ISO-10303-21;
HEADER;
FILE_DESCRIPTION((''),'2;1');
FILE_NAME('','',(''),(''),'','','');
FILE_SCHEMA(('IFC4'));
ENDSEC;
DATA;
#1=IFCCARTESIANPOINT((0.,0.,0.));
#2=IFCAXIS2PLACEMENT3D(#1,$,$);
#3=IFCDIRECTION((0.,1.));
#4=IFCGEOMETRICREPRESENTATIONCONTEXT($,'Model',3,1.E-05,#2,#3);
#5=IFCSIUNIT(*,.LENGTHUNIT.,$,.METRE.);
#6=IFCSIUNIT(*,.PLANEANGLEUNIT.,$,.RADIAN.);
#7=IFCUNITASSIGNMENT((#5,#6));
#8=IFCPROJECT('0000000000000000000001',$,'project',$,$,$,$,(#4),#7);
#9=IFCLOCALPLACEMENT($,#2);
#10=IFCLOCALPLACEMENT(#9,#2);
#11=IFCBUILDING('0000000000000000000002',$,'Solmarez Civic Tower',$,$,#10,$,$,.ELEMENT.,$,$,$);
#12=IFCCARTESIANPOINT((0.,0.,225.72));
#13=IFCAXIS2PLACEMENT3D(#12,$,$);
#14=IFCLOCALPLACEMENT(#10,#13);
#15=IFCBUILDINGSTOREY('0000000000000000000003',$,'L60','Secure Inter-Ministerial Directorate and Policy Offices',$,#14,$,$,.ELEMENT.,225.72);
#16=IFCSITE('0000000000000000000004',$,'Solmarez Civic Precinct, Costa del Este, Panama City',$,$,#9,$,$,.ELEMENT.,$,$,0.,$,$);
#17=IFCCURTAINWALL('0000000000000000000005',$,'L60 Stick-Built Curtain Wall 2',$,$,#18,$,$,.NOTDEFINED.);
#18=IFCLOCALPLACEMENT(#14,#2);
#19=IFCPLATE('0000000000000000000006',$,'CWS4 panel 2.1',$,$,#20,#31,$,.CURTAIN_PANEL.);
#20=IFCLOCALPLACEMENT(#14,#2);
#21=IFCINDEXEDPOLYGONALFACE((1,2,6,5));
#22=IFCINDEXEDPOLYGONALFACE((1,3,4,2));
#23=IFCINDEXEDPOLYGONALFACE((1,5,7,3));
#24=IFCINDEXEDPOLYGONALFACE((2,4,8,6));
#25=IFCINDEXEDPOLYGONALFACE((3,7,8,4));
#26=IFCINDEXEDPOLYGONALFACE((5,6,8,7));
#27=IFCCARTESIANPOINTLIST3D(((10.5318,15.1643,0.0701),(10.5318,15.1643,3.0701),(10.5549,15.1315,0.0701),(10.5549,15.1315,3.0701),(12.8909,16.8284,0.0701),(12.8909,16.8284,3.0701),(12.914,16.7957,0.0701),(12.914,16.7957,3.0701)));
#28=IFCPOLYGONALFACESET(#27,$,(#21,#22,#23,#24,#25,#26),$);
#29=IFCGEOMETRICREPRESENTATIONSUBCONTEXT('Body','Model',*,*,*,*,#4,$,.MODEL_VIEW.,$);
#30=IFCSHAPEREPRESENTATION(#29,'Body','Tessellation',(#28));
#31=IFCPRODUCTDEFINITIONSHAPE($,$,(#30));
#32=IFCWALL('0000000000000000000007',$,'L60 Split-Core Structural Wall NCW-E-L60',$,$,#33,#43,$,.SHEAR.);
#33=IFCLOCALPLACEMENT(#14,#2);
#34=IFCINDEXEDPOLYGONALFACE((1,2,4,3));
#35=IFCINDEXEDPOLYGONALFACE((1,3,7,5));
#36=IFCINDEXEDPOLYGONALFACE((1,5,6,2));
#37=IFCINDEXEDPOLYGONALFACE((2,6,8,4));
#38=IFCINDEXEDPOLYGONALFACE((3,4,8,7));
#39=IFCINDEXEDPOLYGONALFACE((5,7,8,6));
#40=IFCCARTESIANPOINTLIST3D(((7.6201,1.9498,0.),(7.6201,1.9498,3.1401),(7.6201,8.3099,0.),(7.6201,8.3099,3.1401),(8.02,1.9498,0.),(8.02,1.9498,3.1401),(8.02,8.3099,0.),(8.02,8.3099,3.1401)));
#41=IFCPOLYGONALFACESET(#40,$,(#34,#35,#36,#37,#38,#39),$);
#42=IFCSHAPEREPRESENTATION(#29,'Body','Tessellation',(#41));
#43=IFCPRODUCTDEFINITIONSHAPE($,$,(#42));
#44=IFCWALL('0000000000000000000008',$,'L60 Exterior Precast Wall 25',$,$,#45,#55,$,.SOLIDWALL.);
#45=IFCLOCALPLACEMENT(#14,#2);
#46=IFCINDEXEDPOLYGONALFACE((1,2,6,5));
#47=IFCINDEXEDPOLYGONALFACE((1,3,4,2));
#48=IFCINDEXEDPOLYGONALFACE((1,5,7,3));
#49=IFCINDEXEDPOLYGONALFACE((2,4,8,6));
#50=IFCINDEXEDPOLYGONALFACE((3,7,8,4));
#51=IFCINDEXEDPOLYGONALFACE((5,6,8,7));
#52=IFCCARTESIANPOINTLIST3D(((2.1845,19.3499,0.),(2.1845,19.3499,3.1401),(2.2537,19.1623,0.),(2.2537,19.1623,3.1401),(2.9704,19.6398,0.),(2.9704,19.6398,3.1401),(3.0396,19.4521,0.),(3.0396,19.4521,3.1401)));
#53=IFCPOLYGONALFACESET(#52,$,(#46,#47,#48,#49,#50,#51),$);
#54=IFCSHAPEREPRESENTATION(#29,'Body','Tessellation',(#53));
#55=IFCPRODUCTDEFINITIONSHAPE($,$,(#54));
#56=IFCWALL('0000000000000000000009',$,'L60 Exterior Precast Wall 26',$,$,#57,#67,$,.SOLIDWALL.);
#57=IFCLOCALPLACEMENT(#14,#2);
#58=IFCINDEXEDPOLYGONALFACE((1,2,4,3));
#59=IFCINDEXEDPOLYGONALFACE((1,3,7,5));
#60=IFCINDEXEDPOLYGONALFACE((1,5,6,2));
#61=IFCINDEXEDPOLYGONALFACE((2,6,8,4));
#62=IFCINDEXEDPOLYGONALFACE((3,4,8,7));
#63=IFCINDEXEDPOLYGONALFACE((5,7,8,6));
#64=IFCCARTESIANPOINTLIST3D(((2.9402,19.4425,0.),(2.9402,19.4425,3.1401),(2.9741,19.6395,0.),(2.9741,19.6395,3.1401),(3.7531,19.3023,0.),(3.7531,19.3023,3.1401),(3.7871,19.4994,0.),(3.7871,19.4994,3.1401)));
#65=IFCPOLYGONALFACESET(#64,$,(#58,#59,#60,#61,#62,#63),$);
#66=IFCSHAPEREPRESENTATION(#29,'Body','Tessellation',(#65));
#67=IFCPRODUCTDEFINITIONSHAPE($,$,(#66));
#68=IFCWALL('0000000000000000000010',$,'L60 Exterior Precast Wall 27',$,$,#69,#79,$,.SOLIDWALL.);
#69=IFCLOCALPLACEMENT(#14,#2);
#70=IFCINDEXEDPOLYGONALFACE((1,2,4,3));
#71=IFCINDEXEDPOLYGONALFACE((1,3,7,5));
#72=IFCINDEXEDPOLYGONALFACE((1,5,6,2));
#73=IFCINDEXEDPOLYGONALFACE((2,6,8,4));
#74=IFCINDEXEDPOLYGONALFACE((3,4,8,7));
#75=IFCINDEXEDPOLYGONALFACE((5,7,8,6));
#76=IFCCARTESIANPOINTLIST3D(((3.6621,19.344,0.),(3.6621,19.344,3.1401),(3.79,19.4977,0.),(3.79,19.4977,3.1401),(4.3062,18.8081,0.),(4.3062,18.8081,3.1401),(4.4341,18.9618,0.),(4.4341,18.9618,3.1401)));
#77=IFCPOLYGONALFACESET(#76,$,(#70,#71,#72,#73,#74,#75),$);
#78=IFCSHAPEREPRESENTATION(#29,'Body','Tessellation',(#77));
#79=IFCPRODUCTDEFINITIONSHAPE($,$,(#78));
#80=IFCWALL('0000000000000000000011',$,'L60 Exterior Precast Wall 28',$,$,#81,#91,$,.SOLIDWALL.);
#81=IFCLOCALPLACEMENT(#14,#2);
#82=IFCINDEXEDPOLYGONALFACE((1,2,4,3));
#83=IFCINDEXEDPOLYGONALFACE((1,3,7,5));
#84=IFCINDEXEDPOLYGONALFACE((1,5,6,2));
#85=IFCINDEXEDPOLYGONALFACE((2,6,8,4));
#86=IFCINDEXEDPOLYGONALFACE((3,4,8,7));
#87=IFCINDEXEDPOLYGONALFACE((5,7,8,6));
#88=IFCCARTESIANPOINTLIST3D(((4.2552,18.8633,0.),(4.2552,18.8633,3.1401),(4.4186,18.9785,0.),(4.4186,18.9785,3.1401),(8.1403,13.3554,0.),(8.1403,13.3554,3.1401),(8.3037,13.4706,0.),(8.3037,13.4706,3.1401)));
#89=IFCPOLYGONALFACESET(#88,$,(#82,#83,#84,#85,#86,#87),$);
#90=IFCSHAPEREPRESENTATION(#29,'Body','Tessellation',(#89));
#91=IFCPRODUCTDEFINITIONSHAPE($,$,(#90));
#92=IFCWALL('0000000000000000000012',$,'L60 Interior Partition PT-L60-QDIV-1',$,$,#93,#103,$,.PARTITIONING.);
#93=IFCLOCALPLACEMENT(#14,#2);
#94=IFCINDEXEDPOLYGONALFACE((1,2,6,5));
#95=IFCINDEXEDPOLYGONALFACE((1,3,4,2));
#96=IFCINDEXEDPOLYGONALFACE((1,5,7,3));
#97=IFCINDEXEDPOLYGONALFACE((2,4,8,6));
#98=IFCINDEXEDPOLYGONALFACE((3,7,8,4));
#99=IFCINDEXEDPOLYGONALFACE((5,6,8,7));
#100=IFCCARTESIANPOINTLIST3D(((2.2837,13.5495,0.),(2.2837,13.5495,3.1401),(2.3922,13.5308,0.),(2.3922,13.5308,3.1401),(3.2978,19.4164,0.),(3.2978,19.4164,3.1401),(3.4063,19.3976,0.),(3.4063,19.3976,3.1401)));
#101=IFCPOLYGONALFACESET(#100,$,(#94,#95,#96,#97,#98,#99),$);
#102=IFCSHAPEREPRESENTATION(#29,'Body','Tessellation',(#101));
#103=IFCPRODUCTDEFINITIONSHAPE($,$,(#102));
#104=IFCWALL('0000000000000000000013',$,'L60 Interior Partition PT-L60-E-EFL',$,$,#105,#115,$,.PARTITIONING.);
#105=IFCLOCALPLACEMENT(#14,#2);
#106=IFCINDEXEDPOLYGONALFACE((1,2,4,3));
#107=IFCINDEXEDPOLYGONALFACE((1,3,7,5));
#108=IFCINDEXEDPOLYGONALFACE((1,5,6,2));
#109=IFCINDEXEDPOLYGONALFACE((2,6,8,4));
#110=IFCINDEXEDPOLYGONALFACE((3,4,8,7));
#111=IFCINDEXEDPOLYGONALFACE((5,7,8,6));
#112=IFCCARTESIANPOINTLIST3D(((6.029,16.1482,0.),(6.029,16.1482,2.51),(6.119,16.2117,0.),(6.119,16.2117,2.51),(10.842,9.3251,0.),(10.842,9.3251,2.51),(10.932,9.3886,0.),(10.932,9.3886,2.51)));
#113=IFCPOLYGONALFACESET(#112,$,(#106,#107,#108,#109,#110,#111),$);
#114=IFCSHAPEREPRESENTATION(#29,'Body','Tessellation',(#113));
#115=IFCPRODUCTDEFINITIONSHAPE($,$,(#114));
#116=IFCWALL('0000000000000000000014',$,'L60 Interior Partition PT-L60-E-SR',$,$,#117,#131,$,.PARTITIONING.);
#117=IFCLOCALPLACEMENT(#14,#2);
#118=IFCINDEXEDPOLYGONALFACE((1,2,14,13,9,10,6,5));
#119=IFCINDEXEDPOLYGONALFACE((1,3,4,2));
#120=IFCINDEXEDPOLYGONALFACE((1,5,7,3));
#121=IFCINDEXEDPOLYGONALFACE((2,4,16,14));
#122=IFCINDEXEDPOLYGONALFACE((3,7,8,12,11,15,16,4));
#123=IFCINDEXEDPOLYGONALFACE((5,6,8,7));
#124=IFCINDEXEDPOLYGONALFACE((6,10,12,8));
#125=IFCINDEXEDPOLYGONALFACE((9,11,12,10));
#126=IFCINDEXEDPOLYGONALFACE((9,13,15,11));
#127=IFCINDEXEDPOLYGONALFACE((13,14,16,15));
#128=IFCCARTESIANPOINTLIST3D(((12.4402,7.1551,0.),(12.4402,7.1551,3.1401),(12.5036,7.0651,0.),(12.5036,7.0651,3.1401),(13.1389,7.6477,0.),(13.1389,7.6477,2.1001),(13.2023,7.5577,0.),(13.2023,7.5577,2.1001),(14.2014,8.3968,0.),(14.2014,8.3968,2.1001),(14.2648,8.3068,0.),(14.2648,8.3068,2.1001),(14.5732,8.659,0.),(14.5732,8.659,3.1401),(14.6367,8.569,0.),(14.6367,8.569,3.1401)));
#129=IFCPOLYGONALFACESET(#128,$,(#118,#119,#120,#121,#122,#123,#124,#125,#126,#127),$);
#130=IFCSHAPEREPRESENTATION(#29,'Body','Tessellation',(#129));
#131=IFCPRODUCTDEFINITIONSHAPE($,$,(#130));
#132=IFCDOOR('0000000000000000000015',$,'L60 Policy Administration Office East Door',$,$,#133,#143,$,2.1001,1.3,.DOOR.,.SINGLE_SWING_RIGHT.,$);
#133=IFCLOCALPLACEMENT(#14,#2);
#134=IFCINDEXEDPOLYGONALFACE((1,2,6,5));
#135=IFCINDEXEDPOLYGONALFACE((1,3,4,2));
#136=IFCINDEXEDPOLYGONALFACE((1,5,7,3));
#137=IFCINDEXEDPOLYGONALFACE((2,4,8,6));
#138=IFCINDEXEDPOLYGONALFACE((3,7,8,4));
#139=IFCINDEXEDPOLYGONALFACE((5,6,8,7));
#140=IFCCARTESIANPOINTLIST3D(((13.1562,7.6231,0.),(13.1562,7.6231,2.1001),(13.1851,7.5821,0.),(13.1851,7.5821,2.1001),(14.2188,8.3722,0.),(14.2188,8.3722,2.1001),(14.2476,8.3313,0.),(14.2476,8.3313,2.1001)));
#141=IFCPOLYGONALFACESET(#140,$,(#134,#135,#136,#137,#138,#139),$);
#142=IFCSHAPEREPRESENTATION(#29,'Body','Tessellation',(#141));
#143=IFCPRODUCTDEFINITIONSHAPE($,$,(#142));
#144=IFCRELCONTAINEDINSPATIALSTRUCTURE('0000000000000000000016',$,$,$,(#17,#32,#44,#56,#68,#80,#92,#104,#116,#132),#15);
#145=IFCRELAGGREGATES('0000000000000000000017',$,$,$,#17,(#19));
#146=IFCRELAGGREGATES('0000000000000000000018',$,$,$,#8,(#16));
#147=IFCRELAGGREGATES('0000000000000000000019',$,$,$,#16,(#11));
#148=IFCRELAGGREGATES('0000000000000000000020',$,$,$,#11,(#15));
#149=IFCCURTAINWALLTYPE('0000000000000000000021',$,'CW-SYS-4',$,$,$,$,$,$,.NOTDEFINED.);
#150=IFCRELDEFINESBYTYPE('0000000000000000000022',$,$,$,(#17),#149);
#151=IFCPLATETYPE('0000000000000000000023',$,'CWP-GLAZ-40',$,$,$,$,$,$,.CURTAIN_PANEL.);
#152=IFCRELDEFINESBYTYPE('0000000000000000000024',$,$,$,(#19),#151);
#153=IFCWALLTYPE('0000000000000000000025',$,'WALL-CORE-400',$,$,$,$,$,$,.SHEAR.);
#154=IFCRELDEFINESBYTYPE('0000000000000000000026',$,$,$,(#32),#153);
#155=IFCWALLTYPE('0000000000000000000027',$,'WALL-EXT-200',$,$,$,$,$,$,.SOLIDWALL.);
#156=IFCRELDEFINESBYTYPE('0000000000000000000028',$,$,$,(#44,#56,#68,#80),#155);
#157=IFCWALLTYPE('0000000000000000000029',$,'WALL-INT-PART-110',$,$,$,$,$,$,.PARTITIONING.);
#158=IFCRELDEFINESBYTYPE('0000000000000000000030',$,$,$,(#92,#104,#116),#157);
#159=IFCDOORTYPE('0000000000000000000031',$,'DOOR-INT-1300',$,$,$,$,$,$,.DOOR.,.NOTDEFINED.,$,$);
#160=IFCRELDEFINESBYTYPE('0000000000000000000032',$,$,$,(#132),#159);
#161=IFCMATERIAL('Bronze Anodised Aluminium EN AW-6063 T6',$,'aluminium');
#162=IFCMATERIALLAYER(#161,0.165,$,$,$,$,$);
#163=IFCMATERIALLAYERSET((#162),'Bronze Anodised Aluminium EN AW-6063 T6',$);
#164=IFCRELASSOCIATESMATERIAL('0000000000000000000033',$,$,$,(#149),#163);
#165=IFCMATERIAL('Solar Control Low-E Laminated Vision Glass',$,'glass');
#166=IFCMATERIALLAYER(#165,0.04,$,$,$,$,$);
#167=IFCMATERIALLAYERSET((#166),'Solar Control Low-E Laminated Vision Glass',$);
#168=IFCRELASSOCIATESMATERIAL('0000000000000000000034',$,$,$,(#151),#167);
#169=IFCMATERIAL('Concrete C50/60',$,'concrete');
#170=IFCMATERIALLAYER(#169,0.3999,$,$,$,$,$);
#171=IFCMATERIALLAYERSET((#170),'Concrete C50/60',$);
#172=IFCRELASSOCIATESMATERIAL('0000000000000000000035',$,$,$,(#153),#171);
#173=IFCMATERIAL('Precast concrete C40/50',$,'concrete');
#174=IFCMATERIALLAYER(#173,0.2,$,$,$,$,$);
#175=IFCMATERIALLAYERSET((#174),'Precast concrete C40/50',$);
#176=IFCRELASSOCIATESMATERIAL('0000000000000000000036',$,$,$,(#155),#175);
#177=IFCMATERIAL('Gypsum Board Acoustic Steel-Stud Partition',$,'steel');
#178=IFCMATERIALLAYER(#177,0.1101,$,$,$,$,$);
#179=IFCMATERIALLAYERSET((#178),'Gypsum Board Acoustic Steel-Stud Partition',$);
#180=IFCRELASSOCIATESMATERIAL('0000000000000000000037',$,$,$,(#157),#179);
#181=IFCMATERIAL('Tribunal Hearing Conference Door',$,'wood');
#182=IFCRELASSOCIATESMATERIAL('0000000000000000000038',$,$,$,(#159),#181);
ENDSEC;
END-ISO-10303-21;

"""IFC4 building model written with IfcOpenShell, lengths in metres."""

from ifc_helpers import new_model, si_unit, direction, frame, frame_2d, origin, origin_2d, place, context, subcontext, project, spatial, rectangle, extrude, material, layer, layer_set, type_object, element, fill, aggregate, save


model = new_model("IFC4")

# Units and contexts
model_context = context("Model", 3, precision=1e-05, world=origin(), true_north=direction((0.0, 1.0)))
body_context = subcontext(model_context, "Body", "Model", "MODEL_VIEW")
ifc_project = project(units=[si_unit("LENGTHUNIT", "METRE"), si_unit("PLANEANGLEUNIT", "RADIAN")], contexts=[model_context])

# Site, building, storey
site_placement = place(None, origin())
site = spatial("IfcSite", under=ifc_project, at=site_placement, Name="Solmarez Civic Precinct, Costa del Este, Panama City", CompositionType="ELEMENT", RefElevation=0.0)
building_placement = place(site_placement, origin())
building = spatial("IfcBuilding", under=site, at=building_placement, Name="Solmarez Civic Tower", CompositionType="ELEMENT")
storey_placement = place(building_placement, frame((0.0, 0.0, 225.72)))
storey = spatial("IfcBuildingStorey", under=building, at=storey_placement, Name="L60", Description="Secure Inter-Ministerial Directorate and Policy Offices", CompositionType="ELEMENT", Elevation=225.72)

# Shared definitions
ifc_material_1 = material(Name="Concrete C50/60", Category="concrete")

# Curtain wall, plate
ifc_material_2 = material(Name="Bronze Anodised Aluminium EN AW-6063 T6", Category="aluminium")
ifc_layer_1 = layer(ifc_material_2, 0.165)
ifc_layer_set_1 = layer_set([ifc_layer_1], Name="Bronze Anodised Aluminium EN AW-6063 T6")
curtain_wall_type = type_object("IfcCurtainWallType", Name="CW-SYS-4", PredefinedType="NOTDEFINED", material=ifc_layer_set_1)
curtain_wall_placement = place(storey_placement, origin())
curtain_wall = element("IfcCurtainWall", 1, at=curtain_wall_placement, inside=storey, type_object=curtain_wall_type, Name="L60 Stick-Built Curtain Wall 2", PredefinedType="NOTDEFINED")
ifc_material_3 = material(Name="Solar Control Low-E Laminated Vision Glass", Category="glass")
ifc_layer_2 = layer(ifc_material_3, 0.04)
ifc_layer_set_2 = layer_set([ifc_layer_2], Name="Solar Control Low-E Laminated Vision Glass")
plate_type = type_object("IfcPlateType", Name="CWP-GLAZ-40", PredefinedType="CURTAIN_PANEL", material=ifc_layer_set_2)
plate_1_placement = place(storey_placement, frame((11.7229, 15.98, 0.0701), z_axis=(0.0, 0.0, 1.0), x_axis=(0.817143, 0.576434, 0.0)))
plate_1 = element("IfcPlate", 2, at=plate_1_placement, type_object=plate_type, Name="CWS4 panel 2.1", PredefinedType="CURTAIN_PANEL", context=body_context, shape_type="SweptSolid", body=[
    extrude(rectangle(XDim=2.887, YDim=0.04, at=origin_2d()), origin(), (0.0, 0.0, 1.0), 3.0),
])
aggregate(curtain_wall, [plate_1])

# Walls
ifc_layer_3 = layer(ifc_material_1, 0.3999)
ifc_layer_set_3 = layer_set([ifc_layer_3], Name="Concrete C50/60")
wall_type_1 = type_object("IfcWallType", Name="WALL-CORE-400", PredefinedType="SHEAR", material=ifc_layer_set_3)
wall_1_placement = place(storey_placement, frame((7.8201, 8.3101, 0.0), z_axis=(0.0, 0.0, 1.0), x_axis=(0.0, -1.0, 0.0)))
element("IfcWall", 3, at=wall_1_placement, inside=storey, type_object=wall_type_1, Name="L60 Split-Core Structural Wall NCW-E-L60", PredefinedType="SHEAR", context=body_context, shape_type="SweptSolid", body=[
    extrude(rectangle(XDim=6.3601, YDim=0.3999, at=frame_2d((3.1802, 0.0))), origin(), (0.0, 0.0, 1.0), 3.1401),
])
ifc_material_4 = material(Name="Precast concrete C40/50", Category="concrete")
ifc_layer_4 = layer(ifc_material_4, 0.2)
ifc_layer_set_4 = layer_set([ifc_layer_4], Name="Precast concrete C40/50")
wall_type_2 = type_object("IfcWallType", Name="WALL-EXT-200", PredefinedType="SOLIDWALL", material=ifc_layer_set_4)
wall_2_placement = place(storey_placement, frame((2.219, 19.2561, 0.0), z_axis=(0.0, 0.0, 1.0), x_axis=(0.938244, 0.345975, 0.0)))
element("IfcWall", 4, at=wall_2_placement, inside=storey, type_object=wall_type_2, Name="L60 Exterior Precast Wall 25", PredefinedType="SOLIDWALL", context=body_context, shape_type="SweptSolid", body=[
    extrude(rectangle(XDim=0.8376, YDim=0.2, at=frame_2d((0.4189, 0.0))), origin(), (0.0, 0.0, 1.0), 3.1401),
])
wall_3_placement = place(storey_placement, frame((2.957, 19.541, 0.0), z_axis=(0.0, 0.0, 1.0), x_axis=(0.985467, -0.169867, 0.0)))
element("IfcWall", 5, at=wall_3_placement, inside=storey, type_object=wall_type_2, Name="L60 Exterior Precast Wall 26", PredefinedType="SOLIDWALL", context=body_context, shape_type="SweptSolid", body=[
    extrude(rectangle(XDim=0.825, YDim=0.2, at=frame_2d((0.4126, 0.0))), origin(), (0.0, 0.0, 1.0), 3.1401),
])
wall_4_placement = place(storey_placement, frame((3.7261, 19.4209, 0.0), z_axis=(0.0, 0.0, 1.0), x_axis=(0.768699, -0.639611, 0.0)))
element("IfcWall", 6, at=wall_4_placement, inside=storey, type_object=wall_type_2, Name="L60 Exterior Precast Wall 27", PredefinedType="SOLIDWALL", context=body_context, shape_type="SweptSolid", body=[
    extrude(rectangle(XDim=0.8379, YDim=0.2, at=frame_2d((0.4189, 0.0))), origin(), (0.0, 0.0, 1.0), 3.1401),
])
wall_5_placement = place(storey_placement, frame((4.3369, 18.9209, 0.0), z_axis=(0.0, 0.0, 1.0), x_axis=(0.5764, -0.817168, 0.0)))
element("IfcWall", 7, at=wall_5_placement, inside=storey, type_object=wall_type_2, Name="L60 Exterior Precast Wall 28", PredefinedType="SOLIDWALL", context=body_context, shape_type="SweptSolid", body=[
    extrude(rectangle(XDim=6.7402, YDim=0.2, at=frame_2d((3.3701, 0.0))), origin(), (0.0, 0.0, 1.0), 3.1401),
])
ifc_material_5 = material(Name="Gypsum Board Acoustic Steel-Stud Partition", Category="steel")
ifc_layer_5 = layer(ifc_material_5, 0.1101)
ifc_layer_set_5 = layer_set([ifc_layer_5], Name="Gypsum Board Acoustic Steel-Stud Partition")
wall_type_3 = type_object("IfcWallType", Name="WALL-INT-PART-110", PredefinedType="PARTITIONING", material=ifc_layer_set_5)
wall_6_placement = place(storey_placement, frame((2.3379, 13.54, 0.0), z_axis=(0.0, 0.0, 1.0), x_axis=(0.170334, 0.985386, 0.0)))
element("IfcWall", 8, at=wall_6_placement, inside=storey, type_object=wall_type_3, Name="L60 Interior Partition PT-L60-QDIV-1", PredefinedType="PARTITIONING", context=body_context, shape_type="SweptSolid", body=[
    extrude(rectangle(XDim=5.9539, YDim=0.1101, at=frame_2d((2.9771, 0.0))), origin(), (0.0, 0.0, 1.0), 3.1401),
])
wall_7_placement = place(storey_placement, frame((10.887, 9.3569, 0.0), z_axis=(0.0, 0.0, 1.0), x_axis=(-0.576424, 0.817151, 0.0)))
element("IfcWall", 9, at=wall_7_placement, inside=storey, type_object=wall_type_3, Name="L60 Interior Partition PT-L60-E-EFL", PredefinedType="PARTITIONING", context=body_context, shape_type="SweptSolid", body=[
    extrude(rectangle(XDim=8.3499, YDim=0.1101, at=frame_2d((4.1748, 0.0))), origin(), (0.0, 0.0, 1.0), 2.51),
])

# Wall, opening, door
wall_8_placement = place(storey_placement, frame((12.4719, 7.1101, 0.0), z_axis=(0.0, 0.0, 1.0), x_axis=(0.817289, 0.576228, 0.0)))
wall_8 = element("IfcWall", 10, at=wall_8_placement, inside=storey, type_object=wall_type_3, Name="L60 Interior Partition PT-L60-E-SR", PredefinedType="PARTITIONING", context=body_context, shape_type="SweptSolid", body=[
    extrude(rectangle(XDim=2.6099, YDim=0.1101, at=frame_2d((1.3049, 0.0))), origin(), (0.0, 0.0, 1.0), 3.1401),
])
opening_1_placement = place(wall_8_placement, frame((0.855, 0.0, 0.0)))
opening_1 = element("IfcOpeningElement", 11, at=opening_1_placement, cuts=wall_8, PredefinedType="OPENING", context=body_context, shape_type="SweptSolid", body=[
    extrude(rectangle(XDim=1.3, YDim=2.1001, at=frame_2d((0.6499, 1.05))), frame((0.0, 0.0649, 0.0), z_axis=(0.0, -1.0, 0.0), x_axis=(1.0, 0.0, 0.0)), (0.0, 0.0, 1.0), 0.1301),
])
ifc_material_6 = material(Name="Tribunal Hearing Conference Door", Category="wood")
door_type_1 = type_object("IfcDoorType", Name="DOOR-INT-1300", OperationType="NOTDEFINED", PredefinedType="DOOR", material=ifc_material_6)
door_1_placement = place(opening_1_placement, origin())
door_1 = element("IfcDoor", 12, at=door_1_placement, inside=storey, type_object=door_type_1, Name="L60 Policy Administration Office East Door", OperationType="SINGLE_SWING_RIGHT", OverallHeight=2.1001, OverallWidth=1.3, PredefinedType="DOOR", context=body_context, shape_type="SweptSolid", body=[
    extrude(rectangle(XDim=1.3, YDim=2.1001, at=frame_2d((0.6499, 1.05))), frame((0.0, 0.0249, 0.0), z_axis=(0.0, -1.0, 0.0), x_axis=(1.0, 0.0, 0.0)), (0.0, 0.0, 1.0), 0.05),
])
fill(opening_1, door_1)

save(model, "model.ifc")
